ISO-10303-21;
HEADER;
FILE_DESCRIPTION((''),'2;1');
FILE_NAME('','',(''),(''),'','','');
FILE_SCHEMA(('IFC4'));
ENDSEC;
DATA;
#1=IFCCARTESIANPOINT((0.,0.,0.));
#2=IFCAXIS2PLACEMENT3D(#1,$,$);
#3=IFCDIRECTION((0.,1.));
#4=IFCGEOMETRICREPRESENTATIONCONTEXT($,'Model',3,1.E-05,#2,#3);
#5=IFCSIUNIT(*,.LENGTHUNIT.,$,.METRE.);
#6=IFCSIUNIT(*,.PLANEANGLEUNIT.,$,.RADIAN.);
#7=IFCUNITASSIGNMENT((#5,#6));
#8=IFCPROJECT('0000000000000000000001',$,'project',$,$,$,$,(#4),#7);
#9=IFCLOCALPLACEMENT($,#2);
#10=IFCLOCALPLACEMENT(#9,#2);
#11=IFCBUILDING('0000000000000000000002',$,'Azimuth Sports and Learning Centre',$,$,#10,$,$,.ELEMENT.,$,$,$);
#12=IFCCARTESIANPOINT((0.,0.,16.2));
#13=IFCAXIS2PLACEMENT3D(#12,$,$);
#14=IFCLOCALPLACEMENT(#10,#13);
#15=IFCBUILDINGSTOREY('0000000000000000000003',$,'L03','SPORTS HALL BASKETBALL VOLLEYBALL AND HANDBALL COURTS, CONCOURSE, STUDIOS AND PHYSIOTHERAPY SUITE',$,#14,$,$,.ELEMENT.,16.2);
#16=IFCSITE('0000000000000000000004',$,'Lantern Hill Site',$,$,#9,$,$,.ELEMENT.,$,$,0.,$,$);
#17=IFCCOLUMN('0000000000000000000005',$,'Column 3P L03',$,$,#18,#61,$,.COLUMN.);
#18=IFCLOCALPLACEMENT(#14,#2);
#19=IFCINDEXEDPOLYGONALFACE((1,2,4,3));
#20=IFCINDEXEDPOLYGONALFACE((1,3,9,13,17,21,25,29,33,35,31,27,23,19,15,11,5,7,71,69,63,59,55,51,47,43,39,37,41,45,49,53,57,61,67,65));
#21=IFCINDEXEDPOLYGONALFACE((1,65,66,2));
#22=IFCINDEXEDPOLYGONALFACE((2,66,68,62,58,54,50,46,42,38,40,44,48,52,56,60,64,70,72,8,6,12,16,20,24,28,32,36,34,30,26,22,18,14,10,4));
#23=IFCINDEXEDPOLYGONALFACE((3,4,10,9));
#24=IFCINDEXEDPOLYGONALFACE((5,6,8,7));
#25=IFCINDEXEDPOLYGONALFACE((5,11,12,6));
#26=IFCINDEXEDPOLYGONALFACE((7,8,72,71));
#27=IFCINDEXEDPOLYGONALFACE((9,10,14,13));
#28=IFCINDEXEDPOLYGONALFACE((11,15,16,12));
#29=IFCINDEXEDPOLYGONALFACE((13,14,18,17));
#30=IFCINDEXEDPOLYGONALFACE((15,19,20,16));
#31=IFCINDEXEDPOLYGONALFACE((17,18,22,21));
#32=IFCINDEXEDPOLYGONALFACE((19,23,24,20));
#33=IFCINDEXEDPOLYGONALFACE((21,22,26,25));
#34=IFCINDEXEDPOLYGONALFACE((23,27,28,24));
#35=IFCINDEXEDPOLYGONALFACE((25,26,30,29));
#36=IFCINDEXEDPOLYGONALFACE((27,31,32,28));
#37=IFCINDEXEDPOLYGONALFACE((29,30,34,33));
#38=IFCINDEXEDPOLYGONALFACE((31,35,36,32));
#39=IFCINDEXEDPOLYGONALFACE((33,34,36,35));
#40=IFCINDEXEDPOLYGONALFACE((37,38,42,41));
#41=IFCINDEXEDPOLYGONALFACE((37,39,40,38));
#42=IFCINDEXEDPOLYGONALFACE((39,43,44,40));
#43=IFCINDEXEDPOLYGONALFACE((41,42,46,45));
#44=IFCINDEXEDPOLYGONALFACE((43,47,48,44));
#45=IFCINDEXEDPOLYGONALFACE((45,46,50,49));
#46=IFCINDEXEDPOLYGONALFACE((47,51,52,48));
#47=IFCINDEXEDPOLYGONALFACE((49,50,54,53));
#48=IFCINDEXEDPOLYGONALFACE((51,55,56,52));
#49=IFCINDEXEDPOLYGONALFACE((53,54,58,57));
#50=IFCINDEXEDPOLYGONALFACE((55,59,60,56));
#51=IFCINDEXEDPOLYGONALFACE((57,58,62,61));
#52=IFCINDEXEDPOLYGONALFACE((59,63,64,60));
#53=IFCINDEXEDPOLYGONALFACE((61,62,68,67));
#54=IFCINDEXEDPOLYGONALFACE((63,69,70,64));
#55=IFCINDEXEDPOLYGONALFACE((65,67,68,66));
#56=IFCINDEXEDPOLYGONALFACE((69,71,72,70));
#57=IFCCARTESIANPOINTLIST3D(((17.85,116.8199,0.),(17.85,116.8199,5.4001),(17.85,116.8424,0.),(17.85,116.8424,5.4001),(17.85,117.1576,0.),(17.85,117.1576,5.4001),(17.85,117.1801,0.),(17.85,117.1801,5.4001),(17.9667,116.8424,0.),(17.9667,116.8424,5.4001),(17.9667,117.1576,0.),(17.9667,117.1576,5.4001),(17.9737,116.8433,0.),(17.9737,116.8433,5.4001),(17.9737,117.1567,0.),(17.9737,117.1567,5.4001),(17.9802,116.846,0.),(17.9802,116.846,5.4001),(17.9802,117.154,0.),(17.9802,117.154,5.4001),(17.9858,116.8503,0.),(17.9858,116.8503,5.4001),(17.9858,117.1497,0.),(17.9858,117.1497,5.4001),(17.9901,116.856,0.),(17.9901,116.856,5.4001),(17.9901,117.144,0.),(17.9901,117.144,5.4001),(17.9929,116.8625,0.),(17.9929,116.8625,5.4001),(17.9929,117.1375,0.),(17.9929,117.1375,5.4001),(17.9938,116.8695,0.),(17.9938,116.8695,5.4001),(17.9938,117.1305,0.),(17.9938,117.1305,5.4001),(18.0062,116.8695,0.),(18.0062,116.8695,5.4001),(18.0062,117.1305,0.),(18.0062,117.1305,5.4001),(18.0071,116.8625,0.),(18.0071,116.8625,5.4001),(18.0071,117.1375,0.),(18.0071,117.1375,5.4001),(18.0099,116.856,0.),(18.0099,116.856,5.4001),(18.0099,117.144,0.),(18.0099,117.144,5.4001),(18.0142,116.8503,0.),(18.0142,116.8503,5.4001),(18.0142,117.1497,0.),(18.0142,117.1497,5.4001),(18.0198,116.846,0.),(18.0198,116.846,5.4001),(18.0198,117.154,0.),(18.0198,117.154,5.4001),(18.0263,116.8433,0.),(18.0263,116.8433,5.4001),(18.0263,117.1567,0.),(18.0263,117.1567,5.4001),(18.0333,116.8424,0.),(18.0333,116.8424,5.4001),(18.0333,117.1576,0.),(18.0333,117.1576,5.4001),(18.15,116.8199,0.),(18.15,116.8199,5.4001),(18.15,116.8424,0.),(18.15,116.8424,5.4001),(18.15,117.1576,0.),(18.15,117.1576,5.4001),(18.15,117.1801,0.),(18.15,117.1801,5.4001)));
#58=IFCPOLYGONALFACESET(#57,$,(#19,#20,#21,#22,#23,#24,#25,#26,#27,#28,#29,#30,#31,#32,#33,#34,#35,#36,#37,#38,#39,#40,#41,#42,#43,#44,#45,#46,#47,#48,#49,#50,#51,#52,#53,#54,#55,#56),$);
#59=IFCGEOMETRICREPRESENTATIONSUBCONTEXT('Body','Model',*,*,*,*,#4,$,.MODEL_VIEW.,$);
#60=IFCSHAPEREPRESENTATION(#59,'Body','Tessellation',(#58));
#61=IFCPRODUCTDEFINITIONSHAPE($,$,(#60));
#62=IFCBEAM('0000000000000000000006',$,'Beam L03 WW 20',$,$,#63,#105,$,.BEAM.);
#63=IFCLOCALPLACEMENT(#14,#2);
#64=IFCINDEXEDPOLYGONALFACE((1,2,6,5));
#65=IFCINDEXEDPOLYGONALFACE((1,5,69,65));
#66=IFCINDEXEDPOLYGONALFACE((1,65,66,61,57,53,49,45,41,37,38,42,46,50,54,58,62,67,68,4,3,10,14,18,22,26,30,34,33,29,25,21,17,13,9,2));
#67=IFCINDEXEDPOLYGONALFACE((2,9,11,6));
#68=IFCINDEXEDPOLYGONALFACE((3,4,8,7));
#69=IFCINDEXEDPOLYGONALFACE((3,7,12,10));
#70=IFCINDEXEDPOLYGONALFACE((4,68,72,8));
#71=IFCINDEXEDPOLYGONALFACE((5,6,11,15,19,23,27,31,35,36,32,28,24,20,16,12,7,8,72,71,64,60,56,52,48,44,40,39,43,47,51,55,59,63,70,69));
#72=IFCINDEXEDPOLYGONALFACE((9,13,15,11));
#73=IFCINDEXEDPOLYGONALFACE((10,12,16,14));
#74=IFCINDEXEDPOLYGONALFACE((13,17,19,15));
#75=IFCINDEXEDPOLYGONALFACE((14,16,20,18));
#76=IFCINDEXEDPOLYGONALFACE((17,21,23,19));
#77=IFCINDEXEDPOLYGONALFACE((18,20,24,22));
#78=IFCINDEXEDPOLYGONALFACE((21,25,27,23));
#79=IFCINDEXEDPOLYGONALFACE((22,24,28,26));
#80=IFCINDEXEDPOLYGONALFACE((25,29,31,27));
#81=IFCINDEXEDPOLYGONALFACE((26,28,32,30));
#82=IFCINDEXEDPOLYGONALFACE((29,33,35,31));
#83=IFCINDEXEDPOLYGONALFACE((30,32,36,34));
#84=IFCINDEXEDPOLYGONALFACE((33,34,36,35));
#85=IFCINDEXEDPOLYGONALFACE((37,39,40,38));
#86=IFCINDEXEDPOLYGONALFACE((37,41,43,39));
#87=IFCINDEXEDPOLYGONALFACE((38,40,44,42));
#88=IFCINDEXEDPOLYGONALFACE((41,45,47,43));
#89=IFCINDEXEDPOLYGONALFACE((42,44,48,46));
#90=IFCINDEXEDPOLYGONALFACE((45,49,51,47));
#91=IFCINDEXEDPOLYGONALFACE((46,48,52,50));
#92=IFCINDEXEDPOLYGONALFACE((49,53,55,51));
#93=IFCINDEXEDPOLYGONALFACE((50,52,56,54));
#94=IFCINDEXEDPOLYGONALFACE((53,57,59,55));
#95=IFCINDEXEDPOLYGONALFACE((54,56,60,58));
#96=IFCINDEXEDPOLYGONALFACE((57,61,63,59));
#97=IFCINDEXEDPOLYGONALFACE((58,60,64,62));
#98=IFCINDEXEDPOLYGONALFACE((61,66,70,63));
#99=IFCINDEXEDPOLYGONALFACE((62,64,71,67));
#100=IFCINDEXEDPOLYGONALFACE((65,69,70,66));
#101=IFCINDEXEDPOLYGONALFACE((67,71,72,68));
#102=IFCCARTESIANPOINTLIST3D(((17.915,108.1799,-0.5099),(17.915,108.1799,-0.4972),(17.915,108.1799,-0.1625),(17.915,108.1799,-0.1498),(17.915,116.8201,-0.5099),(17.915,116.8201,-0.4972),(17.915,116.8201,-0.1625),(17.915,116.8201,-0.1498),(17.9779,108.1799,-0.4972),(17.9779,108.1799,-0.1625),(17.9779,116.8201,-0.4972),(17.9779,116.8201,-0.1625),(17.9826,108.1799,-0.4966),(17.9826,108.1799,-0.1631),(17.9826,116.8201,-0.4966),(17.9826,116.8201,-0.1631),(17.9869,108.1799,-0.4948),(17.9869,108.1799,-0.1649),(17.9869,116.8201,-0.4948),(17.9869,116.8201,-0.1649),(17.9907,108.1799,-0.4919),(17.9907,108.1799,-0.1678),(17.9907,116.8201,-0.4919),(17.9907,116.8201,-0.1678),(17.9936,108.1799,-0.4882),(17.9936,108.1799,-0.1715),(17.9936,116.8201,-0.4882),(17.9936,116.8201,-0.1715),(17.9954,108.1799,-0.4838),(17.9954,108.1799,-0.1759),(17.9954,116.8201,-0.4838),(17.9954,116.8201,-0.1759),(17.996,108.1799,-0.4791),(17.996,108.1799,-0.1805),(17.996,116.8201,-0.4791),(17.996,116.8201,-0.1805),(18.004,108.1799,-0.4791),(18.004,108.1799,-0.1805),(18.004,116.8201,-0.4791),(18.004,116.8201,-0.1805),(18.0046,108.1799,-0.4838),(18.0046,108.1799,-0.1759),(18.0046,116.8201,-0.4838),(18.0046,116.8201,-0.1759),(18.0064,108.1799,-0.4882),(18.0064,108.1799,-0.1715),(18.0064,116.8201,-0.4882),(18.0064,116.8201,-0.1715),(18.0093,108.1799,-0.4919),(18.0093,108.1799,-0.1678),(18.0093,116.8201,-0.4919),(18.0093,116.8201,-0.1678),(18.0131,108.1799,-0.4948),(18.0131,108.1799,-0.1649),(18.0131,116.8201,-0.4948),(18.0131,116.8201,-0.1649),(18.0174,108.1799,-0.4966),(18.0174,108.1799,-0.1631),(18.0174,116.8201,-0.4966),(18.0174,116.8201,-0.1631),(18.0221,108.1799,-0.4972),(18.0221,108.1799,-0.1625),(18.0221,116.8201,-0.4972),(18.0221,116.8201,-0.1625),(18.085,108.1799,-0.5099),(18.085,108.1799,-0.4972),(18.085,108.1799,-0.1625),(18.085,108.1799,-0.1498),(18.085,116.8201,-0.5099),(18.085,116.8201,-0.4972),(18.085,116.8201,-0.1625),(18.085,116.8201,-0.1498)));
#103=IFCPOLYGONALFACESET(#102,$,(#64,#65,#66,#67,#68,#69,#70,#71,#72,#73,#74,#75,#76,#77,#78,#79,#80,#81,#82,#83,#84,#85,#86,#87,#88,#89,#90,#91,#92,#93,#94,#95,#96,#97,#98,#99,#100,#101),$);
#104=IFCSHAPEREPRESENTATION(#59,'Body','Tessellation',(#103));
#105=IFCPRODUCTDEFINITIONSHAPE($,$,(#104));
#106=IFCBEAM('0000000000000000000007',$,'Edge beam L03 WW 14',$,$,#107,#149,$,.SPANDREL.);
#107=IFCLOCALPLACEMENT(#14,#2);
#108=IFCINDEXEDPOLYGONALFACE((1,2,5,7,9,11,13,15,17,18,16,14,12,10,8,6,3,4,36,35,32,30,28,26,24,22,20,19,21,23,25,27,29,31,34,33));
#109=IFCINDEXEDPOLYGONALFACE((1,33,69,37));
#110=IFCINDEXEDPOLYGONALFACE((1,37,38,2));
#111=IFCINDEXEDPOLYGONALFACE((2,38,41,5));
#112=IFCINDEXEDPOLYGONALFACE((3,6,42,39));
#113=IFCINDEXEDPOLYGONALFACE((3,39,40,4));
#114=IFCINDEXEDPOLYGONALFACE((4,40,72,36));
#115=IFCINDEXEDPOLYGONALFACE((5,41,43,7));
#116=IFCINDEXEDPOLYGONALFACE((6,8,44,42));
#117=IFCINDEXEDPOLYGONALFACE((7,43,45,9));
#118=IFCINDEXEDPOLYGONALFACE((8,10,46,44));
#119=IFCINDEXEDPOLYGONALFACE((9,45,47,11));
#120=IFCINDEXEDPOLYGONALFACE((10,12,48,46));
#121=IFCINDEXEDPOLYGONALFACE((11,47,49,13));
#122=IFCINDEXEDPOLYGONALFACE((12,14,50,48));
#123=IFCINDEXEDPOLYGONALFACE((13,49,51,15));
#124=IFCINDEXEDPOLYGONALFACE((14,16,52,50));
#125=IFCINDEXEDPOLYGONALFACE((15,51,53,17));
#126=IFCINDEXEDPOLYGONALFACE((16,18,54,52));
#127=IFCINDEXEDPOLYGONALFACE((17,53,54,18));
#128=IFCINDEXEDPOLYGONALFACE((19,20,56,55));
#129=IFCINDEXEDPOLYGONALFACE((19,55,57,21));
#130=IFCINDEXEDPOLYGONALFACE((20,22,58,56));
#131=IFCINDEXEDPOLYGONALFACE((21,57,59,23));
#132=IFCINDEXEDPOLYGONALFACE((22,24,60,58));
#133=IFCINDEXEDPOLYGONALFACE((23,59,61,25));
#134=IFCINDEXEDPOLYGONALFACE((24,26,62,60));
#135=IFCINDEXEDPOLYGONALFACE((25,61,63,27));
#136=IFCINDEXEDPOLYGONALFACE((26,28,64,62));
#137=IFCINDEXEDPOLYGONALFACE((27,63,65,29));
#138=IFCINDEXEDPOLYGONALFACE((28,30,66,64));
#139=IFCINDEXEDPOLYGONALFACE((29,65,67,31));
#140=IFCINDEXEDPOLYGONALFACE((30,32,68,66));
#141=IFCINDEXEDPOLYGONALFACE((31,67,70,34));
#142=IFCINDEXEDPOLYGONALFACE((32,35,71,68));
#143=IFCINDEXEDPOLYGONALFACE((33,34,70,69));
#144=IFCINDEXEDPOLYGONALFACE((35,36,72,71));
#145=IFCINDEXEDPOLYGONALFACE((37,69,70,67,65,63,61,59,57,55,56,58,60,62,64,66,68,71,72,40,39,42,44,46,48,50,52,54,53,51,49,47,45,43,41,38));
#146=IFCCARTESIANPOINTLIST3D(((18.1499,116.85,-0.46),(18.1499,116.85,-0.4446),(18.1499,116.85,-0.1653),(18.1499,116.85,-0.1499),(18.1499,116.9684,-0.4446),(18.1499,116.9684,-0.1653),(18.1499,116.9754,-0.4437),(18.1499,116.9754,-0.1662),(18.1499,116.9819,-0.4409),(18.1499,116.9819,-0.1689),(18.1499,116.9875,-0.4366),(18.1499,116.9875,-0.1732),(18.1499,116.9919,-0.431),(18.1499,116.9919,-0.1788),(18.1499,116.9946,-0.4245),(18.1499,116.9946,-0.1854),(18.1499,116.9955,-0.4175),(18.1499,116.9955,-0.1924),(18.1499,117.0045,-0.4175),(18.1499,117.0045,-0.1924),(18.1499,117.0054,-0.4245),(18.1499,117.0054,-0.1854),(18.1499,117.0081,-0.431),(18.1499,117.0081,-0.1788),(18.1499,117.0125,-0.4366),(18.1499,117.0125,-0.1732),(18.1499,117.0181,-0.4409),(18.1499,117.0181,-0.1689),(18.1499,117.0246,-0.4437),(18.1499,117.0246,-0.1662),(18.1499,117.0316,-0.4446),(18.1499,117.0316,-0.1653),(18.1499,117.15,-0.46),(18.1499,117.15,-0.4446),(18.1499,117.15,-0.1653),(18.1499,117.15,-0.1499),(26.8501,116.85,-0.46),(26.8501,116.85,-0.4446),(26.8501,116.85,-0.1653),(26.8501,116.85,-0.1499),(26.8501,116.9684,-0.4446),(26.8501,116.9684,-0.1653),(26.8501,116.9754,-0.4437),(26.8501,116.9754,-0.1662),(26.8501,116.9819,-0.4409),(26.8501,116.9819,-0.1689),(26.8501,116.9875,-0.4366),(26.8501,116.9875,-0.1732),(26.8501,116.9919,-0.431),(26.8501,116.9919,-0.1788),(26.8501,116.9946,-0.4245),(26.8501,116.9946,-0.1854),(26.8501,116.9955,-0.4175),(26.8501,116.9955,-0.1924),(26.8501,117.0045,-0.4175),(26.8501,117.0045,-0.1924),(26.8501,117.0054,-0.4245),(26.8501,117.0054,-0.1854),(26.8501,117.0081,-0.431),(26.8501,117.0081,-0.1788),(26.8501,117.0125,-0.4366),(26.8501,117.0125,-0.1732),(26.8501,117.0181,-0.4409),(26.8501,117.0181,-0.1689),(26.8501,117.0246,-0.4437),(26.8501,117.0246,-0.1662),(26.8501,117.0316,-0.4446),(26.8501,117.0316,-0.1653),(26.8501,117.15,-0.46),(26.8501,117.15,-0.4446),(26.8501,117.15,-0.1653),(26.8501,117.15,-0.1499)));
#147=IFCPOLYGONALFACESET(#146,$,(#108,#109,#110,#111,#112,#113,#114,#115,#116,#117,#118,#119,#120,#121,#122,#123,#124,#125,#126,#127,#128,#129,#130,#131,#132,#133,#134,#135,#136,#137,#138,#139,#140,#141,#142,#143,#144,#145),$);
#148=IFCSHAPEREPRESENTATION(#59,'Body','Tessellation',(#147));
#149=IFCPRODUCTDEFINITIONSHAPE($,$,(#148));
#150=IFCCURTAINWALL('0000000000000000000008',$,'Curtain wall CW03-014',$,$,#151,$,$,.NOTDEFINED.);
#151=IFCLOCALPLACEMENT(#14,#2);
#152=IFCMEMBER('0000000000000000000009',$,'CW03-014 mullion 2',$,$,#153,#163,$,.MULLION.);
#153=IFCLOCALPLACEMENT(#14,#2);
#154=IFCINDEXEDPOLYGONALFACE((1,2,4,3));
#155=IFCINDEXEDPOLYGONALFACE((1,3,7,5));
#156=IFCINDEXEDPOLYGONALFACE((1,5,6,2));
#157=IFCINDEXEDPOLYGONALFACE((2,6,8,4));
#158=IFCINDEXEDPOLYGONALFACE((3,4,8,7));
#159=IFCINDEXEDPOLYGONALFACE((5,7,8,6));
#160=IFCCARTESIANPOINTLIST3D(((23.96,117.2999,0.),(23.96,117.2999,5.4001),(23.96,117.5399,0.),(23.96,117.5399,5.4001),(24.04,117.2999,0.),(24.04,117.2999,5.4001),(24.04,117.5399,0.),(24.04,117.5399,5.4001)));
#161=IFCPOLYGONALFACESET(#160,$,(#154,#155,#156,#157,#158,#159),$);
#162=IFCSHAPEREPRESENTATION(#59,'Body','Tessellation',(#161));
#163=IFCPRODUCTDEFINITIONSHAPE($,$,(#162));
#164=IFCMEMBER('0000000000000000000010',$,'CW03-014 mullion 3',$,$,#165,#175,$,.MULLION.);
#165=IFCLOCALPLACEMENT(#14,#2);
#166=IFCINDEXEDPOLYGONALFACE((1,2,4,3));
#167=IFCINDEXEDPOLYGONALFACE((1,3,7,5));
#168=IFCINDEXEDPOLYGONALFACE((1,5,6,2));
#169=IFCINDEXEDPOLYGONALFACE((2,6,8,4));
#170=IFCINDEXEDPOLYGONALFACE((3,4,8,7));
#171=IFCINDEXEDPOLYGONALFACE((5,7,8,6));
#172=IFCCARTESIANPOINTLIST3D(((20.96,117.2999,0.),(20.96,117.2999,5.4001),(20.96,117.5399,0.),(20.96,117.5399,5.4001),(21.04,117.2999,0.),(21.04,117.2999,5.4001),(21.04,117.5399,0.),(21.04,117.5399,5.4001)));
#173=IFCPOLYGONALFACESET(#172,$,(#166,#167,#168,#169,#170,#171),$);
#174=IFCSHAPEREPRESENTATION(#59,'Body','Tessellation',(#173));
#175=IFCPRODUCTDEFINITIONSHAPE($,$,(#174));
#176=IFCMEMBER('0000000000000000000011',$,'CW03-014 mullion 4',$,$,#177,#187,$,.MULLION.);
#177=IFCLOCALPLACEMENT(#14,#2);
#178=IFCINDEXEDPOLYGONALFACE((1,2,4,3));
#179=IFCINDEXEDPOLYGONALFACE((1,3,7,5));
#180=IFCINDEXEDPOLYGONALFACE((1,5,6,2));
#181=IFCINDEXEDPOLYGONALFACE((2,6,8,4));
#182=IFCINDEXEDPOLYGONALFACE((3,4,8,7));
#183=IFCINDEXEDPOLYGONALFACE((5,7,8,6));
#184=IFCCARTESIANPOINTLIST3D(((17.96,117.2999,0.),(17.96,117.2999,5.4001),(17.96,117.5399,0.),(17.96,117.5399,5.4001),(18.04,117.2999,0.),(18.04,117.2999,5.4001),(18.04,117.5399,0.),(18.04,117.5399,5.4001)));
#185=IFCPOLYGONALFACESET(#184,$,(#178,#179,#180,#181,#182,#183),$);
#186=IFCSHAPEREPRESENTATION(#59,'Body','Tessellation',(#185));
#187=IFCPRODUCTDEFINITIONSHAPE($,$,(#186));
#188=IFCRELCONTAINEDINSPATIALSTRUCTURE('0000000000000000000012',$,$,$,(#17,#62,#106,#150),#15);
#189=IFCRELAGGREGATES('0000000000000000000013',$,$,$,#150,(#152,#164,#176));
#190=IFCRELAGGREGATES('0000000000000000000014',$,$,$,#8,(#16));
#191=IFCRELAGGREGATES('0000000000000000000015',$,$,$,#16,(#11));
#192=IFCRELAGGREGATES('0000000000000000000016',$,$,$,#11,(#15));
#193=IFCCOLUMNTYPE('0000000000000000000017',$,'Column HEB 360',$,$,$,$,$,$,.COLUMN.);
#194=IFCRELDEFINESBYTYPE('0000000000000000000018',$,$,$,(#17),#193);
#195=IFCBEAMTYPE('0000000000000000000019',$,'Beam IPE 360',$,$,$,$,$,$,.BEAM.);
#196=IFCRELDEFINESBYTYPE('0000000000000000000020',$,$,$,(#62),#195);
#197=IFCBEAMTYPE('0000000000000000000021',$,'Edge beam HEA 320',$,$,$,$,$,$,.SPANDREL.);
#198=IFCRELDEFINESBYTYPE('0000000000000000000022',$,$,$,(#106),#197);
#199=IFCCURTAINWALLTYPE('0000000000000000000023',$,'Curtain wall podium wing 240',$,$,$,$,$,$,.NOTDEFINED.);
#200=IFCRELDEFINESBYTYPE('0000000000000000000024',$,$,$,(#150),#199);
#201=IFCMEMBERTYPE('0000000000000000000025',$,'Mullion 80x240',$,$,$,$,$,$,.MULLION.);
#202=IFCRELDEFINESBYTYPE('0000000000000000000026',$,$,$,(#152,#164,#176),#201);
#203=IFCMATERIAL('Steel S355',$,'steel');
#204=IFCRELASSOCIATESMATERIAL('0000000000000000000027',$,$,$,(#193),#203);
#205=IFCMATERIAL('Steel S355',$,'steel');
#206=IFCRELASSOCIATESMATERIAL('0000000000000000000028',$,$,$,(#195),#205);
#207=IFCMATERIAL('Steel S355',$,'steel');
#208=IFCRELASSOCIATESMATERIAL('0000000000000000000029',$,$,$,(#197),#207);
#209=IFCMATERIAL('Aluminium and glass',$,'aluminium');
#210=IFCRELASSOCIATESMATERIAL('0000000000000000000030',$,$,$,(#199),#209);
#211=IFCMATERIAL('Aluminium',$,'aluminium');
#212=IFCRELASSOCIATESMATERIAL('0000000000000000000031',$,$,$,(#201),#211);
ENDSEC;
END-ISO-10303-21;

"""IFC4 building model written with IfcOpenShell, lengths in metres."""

from ifc_helpers import new_model, si_unit, direction, frame, origin, origin_2d, place, context, subcontext, project, spatial, rectangle, i_section, extrude, material, material_profile, profile_set, type_object, element, aggregate, save


model = new_model("IFC4")

# Units and contexts
model_context = context("Model", 3, precision=1e-05, world=origin(), true_north=direction((0.0, 1.0)))
body_context = subcontext(model_context, "Body", "Model", "MODEL_VIEW")
ifc_project = project(units=[si_unit("LENGTHUNIT", "METRE"), si_unit("PLANEANGLEUNIT", "RADIAN")], contexts=[model_context])

# Site, building, storey
site_placement = place(None, origin())
site = spatial("IfcSite", under=ifc_project, at=site_placement, Name="Lantern Hill Site", CompositionType="ELEMENT", RefElevation=0.0)
building_placement = place(site_placement, origin())
building = spatial("IfcBuilding", under=site, at=building_placement, Name="Azimuth Sports and Learning Centre", CompositionType="ELEMENT")
storey_placement = place(building_placement, frame((0.0, 0.0, 16.2)))
storey = spatial("IfcBuildingStorey", under=building, at=storey_placement, Name="L03", Description="SPORTS HALL BASKETBALL VOLLEYBALL AND HANDBALL COURTS, CONCOURSE, STUDIOS AND PHYSIOTHERAPY SUITE", CompositionType="ELEMENT", Elevation=16.2)

# Column
ifc_material_1 = material(Name="Steel S355", Category="steel")
ifc_material_profile_1 = material_profile(ifc_material_1, i_section(OverallWidth=0.3, OverallDepth=0.3601, WebThickness=0.0125, FlangeThickness=0.0225, FilletRadius=0.0271, at=origin_2d()), Name="HEB 360")
ifc_profile_set_1 = profile_set([ifc_material_profile_1], Name="Steel S355")
column_type = type_object("IfcColumnType", Name="Column HEB 360", PredefinedType="COLUMN", material=ifc_profile_set_1)
column_placement = place(storey_placement, frame((18.0, 117.0, 0.0), z_axis=(0.0, 0.0, 1.0), x_axis=(1.0, 0.0, 0.0)))
element("IfcColumn", 1, at=column_placement, inside=storey, type_object=column_type, Name="Column 3P L03", PredefinedType="COLUMN", context=body_context, shape_type="SweptSolid", body=[
    extrude(i_section(OverallWidth=0.3, OverallDepth=0.3601, WebThickness=0.0125, FlangeThickness=0.0225, FilletRadius=0.0271, at=origin_2d()), origin(), (0.0, 0.0, 1.0), 5.4001),
])

# Beams
ifc_material_2 = material(Name="Steel S355", Category="steel")
ifc_material_profile_2 = material_profile(ifc_material_2, i_section(OverallWidth=0.1699, OverallDepth=0.3601, WebThickness=0.0081, FlangeThickness=0.0127, FilletRadius=0.0181, at=origin_2d()), Name="IPE 360")
ifc_profile_set_2 = profile_set([ifc_material_profile_2], Name="Steel S355")
beam_type_1 = type_object("IfcBeamType", Name="Beam IPE 360", PredefinedType="BEAM", material=ifc_profile_set_2)
beam_1_placement = place(storey_placement, frame((18.0, 108.1799, -0.3298), z_axis=(0.0, 1.0, 0.0), x_axis=(-1.0, 0.0, 0.0)))
element("IfcBeam", 2, at=beam_1_placement, inside=storey, type_object=beam_type_1, Name="Beam L03 WW 20", PredefinedType="BEAM", context=body_context, shape_type="SweptSolid", body=[
    extrude(i_section(OverallWidth=0.1699, OverallDepth=0.3601, WebThickness=0.0081, FlangeThickness=0.0127, FilletRadius=0.0181, at=origin_2d()), origin(), (0.0, 0.0, 1.0), 8.6401),
])
ifc_material_3 = material(Name="Steel S355", Category="steel")
ifc_material_profile_3 = material_profile(ifc_material_3, i_section(OverallWidth=0.3, OverallDepth=0.3101, WebThickness=0.009, FlangeThickness=0.0154, FilletRadius=0.0271, at=origin_2d()), Name="HEA 320")
ifc_profile_set_3 = profile_set([ifc_material_profile_3], Name="Steel S355")
beam_type_2 = type_object("IfcBeamType", Name="Edge beam HEA 320", PredefinedType="SPANDREL", material=ifc_profile_set_3)
beam_2_placement = place(storey_placement, frame((18.1499, 117.0, -0.3049), z_axis=(1.0, 0.0, 0.0), x_axis=(0.0, 1.0, 0.0)))
element("IfcBeam", 3, at=beam_2_placement, inside=storey, type_object=beam_type_2, Name="Edge beam L03 WW 14", PredefinedType="SPANDREL", context=body_context, shape_type="SweptSolid", body=[
    extrude(i_section(OverallWidth=0.3, OverallDepth=0.3101, WebThickness=0.009, FlangeThickness=0.0154, FilletRadius=0.0271, at=origin_2d()), origin(), (0.0, 0.0, 1.0), 8.7002),
])

# Curtain wall, members
ifc_material_4 = material(Name="Aluminium and glass", Category="aluminium")
curtain_wall_type = type_object("IfcCurtainWallType", Name="Curtain wall podium wing 240", PredefinedType="NOTDEFINED", material=ifc_material_4)
curtain_wall_placement = place(storey_placement, origin())
curtain_wall = element("IfcCurtainWall", 4, at=curtain_wall_placement, inside=storey, type_object=curtain_wall_type, Name="Curtain wall CW03-014", PredefinedType="NOTDEFINED")
ifc_material_5 = material(Name="Aluminium", Category="aluminium")
ifc_material_profile_4 = material_profile(ifc_material_5, rectangle(XDim=0.24, YDim=0.0801, at=origin_2d()), Name="Mullion 80x240")
ifc_profile_set_4 = profile_set([ifc_material_profile_4], Name="Aluminium")
member_type_1 = type_object("IfcMemberType", Name="Mullion 80x240", PredefinedType="MULLION", material=ifc_profile_set_4)
member_1_placement = place(storey_placement, frame((24.0, 117.4199, 0.0), z_axis=(0.0, 0.0, 1.0), x_axis=(0.0, -1.0, 0.0)))
member_1 = element("IfcMember", 5, at=member_1_placement, type_object=member_type_1, Name="CW03-014 mullion 2", PredefinedType="MULLION", context=body_context, shape_type="SweptSolid", body=[
    extrude(rectangle(XDim=0.24, YDim=0.0801, at=origin_2d()), origin(), (0.0, 0.0, 1.0), 5.4001),
])
member_2_placement = place(storey_placement, frame((21.0, 117.4199, 0.0), z_axis=(0.0, 0.0, 1.0), x_axis=(0.0, -1.0, 0.0)))
member_2 = element("IfcMember", 6, at=member_2_placement, type_object=member_type_1, Name="CW03-014 mullion 3", PredefinedType="MULLION", context=body_context, shape_type="SweptSolid", body=[
    extrude(rectangle(XDim=0.24, YDim=0.0801, at=origin_2d()), origin(), (0.0, 0.0, 1.0), 5.4001),
])
member_3_placement = place(storey_placement, frame((18.0, 117.4199, 0.0), z_axis=(0.0, 0.0, 1.0), x_axis=(0.0, -1.0, 0.0)))
member_3 = element("IfcMember", 7, at=member_3_placement, type_object=member_type_1, Name="CW03-014 mullion 4", PredefinedType="MULLION", context=body_context, shape_type="SweptSolid", body=[
    extrude(rectangle(XDim=0.24, YDim=0.0801, at=origin_2d()), origin(), (0.0, 0.0, 1.0), 5.4001),
])
aggregate(curtain_wall, [member_1, member_2, member_3])

save(model, "model.ifc")
